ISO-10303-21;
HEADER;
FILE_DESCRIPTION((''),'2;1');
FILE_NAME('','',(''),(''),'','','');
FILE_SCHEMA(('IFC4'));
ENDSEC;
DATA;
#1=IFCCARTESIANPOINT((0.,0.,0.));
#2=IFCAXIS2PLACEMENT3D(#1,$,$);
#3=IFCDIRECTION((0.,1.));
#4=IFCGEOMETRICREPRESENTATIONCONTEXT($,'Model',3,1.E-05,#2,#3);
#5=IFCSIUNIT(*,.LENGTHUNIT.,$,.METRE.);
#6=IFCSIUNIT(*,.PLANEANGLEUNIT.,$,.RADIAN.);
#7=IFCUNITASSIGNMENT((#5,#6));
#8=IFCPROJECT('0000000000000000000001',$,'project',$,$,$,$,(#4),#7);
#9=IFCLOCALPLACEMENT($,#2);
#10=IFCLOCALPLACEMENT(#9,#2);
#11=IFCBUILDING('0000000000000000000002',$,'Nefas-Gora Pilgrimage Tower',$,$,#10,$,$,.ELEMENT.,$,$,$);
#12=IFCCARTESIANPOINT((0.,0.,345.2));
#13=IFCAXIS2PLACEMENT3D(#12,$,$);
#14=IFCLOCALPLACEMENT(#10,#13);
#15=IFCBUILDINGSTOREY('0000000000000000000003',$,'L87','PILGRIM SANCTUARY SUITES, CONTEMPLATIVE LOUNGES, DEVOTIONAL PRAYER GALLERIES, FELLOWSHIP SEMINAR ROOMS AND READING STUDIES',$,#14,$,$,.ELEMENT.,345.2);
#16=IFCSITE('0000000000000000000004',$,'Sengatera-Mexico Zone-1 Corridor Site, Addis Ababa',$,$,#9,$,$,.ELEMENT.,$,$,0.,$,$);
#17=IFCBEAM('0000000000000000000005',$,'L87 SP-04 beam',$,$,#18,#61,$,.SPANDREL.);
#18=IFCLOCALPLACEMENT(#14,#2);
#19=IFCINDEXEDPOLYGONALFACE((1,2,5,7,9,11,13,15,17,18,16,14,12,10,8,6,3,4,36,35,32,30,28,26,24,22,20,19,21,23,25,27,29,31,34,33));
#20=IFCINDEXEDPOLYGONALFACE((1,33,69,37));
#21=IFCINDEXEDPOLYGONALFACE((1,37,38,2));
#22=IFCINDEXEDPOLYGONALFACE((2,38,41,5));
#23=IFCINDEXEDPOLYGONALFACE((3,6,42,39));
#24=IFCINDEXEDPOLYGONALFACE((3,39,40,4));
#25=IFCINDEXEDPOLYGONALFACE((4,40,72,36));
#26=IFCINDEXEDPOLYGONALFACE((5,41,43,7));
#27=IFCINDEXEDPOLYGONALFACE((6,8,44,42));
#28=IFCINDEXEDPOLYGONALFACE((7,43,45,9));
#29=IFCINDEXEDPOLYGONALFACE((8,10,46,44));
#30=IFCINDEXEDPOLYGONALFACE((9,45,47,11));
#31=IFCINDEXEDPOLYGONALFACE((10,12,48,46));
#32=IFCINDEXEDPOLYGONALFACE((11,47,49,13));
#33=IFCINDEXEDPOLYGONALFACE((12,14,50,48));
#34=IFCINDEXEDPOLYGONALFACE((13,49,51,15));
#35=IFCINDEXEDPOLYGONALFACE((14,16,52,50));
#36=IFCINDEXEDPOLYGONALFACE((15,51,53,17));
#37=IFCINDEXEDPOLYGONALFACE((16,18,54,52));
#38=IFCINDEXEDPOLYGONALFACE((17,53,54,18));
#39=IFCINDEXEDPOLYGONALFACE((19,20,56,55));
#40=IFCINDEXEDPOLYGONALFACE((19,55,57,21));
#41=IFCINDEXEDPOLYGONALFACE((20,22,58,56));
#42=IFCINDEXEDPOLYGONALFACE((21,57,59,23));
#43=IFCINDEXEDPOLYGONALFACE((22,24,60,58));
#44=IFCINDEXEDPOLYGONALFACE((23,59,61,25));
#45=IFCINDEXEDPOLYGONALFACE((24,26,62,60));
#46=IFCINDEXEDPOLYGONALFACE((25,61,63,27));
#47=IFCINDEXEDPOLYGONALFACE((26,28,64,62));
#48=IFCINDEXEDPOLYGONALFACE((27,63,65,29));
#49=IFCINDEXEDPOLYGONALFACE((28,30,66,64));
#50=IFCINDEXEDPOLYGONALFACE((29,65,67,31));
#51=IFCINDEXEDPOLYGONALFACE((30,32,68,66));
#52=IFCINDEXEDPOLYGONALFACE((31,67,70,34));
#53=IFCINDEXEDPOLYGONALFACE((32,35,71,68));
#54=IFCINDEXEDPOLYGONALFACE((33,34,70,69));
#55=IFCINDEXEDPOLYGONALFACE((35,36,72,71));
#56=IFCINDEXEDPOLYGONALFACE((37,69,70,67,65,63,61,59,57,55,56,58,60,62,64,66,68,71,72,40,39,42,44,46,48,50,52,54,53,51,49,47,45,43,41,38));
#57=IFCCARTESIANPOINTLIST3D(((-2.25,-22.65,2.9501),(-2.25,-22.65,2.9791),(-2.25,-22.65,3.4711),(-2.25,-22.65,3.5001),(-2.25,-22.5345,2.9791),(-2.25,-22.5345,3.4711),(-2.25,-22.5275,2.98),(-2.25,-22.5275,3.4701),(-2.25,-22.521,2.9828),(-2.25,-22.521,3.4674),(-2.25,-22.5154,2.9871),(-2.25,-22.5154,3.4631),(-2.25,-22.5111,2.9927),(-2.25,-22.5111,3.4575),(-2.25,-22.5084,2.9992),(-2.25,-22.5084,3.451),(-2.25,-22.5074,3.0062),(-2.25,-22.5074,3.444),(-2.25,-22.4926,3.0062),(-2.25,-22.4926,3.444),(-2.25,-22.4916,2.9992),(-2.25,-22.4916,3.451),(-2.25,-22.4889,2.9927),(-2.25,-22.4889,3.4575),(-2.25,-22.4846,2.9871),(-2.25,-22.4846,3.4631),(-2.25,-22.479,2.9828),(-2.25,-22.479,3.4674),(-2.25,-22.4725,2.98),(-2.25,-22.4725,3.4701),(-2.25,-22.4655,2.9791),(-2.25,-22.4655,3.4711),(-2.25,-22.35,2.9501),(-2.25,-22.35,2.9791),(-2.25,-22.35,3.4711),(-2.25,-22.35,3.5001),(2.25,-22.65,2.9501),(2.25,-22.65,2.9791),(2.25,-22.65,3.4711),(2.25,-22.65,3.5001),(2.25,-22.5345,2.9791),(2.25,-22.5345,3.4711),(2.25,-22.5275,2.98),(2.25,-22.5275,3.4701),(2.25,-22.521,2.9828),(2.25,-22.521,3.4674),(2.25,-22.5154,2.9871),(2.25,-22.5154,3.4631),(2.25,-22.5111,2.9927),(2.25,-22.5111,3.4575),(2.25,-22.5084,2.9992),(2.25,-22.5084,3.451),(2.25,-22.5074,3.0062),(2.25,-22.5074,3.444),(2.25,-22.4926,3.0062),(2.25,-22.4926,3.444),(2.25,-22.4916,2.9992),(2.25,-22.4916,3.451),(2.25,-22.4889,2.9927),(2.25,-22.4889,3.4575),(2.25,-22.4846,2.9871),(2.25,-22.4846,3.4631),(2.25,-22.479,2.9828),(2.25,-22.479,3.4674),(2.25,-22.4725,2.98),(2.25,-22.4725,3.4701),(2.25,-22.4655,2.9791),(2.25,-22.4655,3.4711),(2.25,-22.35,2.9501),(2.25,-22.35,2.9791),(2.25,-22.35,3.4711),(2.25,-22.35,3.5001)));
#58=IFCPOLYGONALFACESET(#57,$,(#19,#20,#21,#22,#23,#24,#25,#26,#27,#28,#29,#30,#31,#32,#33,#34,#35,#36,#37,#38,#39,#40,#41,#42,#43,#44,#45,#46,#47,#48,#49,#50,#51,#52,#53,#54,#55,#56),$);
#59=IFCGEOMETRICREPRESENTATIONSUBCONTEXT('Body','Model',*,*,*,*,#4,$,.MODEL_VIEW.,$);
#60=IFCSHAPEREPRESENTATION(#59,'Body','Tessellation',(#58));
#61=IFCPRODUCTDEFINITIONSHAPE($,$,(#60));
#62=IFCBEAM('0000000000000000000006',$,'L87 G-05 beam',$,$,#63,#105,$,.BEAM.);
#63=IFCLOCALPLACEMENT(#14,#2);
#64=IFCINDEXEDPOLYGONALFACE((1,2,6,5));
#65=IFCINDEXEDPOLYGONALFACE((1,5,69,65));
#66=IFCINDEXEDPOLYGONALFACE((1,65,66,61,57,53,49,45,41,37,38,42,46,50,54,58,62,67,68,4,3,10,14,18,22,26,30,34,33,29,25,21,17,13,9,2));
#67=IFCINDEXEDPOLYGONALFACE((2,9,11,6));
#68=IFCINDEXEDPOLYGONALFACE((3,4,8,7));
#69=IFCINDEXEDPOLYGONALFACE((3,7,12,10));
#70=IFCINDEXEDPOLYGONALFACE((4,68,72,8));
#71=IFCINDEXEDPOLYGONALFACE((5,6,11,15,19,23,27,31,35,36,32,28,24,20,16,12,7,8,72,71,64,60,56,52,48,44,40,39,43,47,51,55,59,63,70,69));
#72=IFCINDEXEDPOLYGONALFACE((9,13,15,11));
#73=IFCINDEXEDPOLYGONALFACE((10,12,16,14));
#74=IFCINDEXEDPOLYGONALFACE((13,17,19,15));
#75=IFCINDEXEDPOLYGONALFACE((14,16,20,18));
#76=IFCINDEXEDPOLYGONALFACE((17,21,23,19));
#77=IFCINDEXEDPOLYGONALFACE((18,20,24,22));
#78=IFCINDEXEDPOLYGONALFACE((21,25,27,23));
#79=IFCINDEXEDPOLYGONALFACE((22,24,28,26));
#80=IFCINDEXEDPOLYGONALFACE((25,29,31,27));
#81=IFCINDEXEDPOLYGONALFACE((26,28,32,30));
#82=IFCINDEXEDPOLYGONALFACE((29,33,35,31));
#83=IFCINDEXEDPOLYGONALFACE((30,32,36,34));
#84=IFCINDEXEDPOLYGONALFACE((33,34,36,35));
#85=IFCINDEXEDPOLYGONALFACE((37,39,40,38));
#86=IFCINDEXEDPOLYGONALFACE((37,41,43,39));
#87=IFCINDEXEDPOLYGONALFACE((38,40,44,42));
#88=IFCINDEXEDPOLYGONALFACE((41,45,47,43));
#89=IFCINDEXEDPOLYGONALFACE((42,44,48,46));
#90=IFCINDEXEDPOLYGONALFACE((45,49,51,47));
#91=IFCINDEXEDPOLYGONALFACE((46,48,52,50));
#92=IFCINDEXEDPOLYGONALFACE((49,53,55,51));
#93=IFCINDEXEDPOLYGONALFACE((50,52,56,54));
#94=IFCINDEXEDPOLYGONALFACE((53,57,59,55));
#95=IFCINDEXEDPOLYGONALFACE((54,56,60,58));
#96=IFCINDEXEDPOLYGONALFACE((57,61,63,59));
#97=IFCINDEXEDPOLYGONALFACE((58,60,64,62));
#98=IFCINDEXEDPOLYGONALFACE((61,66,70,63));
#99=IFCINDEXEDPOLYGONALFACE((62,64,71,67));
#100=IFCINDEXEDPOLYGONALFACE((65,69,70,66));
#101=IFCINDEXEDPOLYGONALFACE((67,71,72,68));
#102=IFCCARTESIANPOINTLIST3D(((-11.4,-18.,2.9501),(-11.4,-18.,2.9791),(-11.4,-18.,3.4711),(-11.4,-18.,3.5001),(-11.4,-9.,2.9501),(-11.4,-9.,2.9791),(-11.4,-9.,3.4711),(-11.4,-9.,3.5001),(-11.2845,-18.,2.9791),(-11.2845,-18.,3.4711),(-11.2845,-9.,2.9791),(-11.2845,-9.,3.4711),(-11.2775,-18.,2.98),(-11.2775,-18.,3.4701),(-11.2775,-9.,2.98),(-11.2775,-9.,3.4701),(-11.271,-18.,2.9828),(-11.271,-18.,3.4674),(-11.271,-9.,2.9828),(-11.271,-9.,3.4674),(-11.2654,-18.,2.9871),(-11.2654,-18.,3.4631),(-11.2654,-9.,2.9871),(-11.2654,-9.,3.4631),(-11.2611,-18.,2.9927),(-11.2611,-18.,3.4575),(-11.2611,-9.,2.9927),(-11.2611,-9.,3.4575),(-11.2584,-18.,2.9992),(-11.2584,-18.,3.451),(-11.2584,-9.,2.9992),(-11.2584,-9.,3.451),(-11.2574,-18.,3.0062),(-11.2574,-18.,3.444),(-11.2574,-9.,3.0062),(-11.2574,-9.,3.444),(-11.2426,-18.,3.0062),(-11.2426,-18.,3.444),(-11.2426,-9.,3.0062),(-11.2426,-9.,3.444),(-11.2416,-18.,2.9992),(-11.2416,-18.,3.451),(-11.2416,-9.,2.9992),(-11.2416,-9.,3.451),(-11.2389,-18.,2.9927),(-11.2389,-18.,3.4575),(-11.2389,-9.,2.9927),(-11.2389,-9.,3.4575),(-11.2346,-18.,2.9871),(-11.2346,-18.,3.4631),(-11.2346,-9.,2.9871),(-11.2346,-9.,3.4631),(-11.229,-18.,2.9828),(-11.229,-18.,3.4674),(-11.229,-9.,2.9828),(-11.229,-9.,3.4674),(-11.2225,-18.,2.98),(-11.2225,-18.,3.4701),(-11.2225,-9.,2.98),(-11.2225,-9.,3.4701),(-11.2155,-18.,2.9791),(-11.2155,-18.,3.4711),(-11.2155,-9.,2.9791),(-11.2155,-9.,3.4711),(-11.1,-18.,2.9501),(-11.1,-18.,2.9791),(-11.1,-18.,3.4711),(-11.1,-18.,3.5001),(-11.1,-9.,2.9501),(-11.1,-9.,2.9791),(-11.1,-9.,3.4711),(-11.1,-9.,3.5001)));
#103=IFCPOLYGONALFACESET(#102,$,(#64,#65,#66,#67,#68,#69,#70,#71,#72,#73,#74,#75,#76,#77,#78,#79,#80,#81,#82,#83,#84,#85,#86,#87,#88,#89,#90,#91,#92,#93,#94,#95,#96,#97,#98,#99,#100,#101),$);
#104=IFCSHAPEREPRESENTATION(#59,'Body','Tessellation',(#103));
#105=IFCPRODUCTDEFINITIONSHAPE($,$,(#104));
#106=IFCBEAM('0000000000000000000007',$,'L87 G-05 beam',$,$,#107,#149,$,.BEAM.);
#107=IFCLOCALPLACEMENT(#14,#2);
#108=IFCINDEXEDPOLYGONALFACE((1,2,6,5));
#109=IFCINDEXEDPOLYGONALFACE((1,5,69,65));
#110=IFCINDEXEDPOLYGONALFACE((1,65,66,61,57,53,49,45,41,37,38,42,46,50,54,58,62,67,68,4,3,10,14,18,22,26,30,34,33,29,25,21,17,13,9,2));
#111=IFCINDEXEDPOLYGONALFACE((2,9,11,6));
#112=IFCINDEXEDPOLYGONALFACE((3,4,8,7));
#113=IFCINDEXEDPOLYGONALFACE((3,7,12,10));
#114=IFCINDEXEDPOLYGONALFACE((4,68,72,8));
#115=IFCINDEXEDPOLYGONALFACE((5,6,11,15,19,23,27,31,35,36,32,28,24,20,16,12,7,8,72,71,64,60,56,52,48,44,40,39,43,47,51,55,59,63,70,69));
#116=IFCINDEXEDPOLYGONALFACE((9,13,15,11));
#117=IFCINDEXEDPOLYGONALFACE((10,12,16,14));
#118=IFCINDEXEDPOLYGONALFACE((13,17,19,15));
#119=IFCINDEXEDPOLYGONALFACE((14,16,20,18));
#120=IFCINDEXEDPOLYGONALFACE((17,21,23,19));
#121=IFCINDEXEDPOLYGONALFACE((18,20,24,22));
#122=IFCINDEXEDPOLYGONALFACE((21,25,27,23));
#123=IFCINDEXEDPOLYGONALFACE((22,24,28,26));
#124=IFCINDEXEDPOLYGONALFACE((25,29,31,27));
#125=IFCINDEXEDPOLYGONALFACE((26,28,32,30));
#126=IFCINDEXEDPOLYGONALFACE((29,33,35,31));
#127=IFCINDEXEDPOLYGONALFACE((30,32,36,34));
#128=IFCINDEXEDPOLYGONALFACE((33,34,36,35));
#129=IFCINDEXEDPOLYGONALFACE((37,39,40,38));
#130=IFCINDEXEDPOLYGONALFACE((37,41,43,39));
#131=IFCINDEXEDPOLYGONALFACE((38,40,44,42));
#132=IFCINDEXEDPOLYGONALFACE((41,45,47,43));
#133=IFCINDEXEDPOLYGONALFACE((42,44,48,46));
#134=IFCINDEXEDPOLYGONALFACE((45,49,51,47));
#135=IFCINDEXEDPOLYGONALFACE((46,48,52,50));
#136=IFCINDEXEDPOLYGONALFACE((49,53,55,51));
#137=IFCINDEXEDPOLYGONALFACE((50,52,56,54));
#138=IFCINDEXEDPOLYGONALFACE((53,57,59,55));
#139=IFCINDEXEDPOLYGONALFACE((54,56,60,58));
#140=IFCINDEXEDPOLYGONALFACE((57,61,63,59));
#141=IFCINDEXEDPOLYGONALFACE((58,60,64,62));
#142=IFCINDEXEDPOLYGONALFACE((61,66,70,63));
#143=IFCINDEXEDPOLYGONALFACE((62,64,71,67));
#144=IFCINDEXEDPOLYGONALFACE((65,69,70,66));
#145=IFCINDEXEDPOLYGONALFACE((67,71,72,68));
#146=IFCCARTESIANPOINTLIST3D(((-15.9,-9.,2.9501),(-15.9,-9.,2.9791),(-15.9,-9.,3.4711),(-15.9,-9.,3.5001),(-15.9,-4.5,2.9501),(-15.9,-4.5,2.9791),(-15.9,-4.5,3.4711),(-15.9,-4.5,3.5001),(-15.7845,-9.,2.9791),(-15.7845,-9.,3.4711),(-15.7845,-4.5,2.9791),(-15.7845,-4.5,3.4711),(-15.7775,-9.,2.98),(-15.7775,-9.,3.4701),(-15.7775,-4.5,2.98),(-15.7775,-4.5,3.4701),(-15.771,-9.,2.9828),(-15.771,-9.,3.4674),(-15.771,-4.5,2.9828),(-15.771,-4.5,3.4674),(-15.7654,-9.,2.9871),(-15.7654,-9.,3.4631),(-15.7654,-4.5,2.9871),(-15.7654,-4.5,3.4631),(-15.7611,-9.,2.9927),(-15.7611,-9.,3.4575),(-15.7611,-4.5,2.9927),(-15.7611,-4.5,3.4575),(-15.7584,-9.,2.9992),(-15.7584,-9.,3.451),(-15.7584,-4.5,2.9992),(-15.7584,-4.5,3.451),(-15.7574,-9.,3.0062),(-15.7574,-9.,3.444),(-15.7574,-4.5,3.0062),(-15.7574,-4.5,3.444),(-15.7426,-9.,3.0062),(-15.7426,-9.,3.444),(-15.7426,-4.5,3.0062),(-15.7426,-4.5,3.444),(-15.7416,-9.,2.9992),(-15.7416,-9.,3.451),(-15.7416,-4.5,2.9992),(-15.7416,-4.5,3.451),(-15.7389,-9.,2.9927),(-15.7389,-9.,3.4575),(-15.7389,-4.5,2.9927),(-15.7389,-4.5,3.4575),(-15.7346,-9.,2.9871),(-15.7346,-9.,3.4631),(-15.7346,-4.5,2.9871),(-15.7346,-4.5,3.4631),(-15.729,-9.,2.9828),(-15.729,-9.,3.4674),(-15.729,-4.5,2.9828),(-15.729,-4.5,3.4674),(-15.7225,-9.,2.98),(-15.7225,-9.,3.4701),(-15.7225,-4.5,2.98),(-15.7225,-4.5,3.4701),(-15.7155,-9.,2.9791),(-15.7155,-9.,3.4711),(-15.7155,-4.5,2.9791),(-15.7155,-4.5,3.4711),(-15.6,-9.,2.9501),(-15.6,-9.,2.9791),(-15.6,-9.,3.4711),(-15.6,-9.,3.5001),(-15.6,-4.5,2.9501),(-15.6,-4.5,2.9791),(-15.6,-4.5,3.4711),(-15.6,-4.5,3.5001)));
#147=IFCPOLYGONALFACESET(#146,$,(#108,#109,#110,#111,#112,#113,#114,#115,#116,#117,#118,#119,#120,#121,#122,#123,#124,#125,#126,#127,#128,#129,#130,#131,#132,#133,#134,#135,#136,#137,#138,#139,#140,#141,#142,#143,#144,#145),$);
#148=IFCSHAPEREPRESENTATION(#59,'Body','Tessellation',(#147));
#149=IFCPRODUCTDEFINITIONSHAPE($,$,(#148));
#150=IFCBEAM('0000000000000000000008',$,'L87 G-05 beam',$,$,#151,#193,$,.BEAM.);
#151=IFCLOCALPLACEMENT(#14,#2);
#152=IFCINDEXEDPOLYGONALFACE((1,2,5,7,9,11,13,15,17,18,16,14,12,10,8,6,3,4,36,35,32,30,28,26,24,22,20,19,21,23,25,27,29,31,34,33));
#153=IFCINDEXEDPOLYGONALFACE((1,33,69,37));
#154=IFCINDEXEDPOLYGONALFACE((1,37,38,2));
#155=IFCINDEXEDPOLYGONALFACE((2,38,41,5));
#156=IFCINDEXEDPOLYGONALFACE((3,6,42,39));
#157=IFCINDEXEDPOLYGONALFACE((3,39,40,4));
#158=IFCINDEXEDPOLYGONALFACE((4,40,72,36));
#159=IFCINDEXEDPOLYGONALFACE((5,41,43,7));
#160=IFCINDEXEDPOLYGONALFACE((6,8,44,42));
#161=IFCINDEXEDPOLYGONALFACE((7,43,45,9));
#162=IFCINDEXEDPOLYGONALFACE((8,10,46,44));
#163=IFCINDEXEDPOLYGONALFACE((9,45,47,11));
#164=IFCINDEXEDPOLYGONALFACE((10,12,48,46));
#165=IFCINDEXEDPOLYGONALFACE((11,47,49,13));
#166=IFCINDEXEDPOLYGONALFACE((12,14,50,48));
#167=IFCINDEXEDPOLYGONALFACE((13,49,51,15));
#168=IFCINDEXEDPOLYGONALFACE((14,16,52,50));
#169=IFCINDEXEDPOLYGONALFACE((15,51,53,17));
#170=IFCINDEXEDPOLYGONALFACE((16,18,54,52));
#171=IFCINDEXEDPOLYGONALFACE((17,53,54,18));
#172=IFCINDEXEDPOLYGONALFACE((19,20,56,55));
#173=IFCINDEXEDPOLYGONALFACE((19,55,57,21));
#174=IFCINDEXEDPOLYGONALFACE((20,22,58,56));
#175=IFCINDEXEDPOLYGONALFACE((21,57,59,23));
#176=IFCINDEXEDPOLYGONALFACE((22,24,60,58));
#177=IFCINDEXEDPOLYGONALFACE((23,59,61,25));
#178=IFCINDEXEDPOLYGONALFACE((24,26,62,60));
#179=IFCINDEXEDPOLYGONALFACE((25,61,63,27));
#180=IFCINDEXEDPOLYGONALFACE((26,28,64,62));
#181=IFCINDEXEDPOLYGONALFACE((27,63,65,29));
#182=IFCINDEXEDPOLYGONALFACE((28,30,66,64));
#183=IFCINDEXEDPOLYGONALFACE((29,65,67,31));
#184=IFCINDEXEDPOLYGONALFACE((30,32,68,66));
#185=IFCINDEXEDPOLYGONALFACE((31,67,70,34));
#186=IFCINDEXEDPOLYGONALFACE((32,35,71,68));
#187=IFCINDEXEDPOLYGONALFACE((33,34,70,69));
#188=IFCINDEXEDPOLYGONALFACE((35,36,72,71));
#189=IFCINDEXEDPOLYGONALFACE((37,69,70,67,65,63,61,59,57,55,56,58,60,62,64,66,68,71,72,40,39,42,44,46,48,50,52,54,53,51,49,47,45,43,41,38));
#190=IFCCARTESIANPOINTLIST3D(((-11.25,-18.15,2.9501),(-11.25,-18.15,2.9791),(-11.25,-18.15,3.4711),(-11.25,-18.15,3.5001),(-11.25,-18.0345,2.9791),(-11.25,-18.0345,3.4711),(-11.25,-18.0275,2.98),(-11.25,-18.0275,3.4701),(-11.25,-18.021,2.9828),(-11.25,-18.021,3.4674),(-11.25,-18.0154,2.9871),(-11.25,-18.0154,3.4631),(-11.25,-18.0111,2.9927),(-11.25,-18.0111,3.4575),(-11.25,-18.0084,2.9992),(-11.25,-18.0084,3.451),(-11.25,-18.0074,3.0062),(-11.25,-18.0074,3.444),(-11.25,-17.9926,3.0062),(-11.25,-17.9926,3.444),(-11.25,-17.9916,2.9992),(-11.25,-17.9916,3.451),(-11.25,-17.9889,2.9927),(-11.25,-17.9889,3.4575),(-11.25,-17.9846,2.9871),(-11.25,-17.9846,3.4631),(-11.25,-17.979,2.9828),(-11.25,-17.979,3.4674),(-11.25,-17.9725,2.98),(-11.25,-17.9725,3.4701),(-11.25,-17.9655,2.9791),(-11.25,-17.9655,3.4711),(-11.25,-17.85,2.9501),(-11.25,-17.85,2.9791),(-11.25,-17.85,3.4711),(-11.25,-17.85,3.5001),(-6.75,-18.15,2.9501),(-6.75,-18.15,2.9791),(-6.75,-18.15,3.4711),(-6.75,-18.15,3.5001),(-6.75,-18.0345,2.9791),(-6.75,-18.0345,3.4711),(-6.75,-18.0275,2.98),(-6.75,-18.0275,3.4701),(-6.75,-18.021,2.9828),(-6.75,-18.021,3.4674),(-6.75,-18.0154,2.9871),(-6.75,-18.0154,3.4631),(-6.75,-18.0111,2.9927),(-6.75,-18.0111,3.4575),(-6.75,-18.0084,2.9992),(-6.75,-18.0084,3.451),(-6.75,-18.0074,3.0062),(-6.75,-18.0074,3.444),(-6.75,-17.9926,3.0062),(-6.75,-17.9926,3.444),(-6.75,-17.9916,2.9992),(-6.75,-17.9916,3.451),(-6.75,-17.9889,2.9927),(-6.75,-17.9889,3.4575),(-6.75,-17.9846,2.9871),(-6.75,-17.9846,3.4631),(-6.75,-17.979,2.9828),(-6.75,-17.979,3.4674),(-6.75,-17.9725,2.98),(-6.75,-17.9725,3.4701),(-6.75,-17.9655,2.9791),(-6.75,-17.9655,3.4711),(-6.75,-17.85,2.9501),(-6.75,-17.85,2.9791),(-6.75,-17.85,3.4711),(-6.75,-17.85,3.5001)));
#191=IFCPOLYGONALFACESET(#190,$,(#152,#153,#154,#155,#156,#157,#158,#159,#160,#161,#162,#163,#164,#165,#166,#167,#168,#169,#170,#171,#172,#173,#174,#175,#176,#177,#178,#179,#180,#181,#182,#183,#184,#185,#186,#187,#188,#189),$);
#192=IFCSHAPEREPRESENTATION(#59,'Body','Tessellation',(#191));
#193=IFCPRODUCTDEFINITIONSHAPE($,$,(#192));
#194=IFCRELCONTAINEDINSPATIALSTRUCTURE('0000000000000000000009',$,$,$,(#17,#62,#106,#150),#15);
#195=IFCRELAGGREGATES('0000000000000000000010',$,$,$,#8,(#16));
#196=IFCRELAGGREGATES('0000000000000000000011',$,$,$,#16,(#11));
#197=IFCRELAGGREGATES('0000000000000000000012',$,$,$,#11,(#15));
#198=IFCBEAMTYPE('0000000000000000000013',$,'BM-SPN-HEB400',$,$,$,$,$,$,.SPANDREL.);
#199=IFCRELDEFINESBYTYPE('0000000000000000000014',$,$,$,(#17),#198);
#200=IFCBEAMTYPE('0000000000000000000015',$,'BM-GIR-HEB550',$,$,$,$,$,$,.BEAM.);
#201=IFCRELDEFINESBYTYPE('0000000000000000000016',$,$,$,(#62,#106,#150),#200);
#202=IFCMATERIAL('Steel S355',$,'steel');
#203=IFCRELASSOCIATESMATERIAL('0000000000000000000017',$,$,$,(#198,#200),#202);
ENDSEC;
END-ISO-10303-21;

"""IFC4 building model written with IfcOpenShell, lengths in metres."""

from ifc_helpers import new_model, si_unit, direction, frame, origin, origin_2d, place, context, subcontext, project, spatial, i_section, extrude, source, transform, mapped, material, material_profile, profile_set, type_object, element, save


model = new_model("IFC4")

# Units and contexts
model_context = context("Model", 3, precision=1e-05, world=origin(), true_north=direction((0.0, 1.0)))
body_context = subcontext(model_context, "Body", "Model", "MODEL_VIEW")
ifc_project = project(units=[si_unit("LENGTHUNIT", "METRE"), si_unit("PLANEANGLEUNIT", "RADIAN")], contexts=[model_context])

# Site, building, storey
site_placement = place(None, origin())
site = spatial("IfcSite", under=ifc_project, at=site_placement, Name="Sengatera-Mexico Zone-1 Corridor Site, Addis Ababa", CompositionType="ELEMENT", RefElevation=0.0)
building_placement = place(site_placement, origin())
building = spatial("IfcBuilding", under=site, at=building_placement, Name="Nefas-Gora Pilgrimage Tower", CompositionType="ELEMENT")
storey_placement = place(building_placement, frame((0.0, 0.0, 345.2)))
storey = spatial("IfcBuildingStorey", under=building, at=storey_placement, Name="L87", Description="PILGRIM SANCTUARY SUITES, CONTEMPLATIVE LOUNGES, DEVOTIONAL PRAYER GALLERIES, FELLOWSHIP SEMINAR ROOMS AND READING STUDIES", CompositionType="ELEMENT", Elevation=345.2)

# Shared definitions
ifc_material_1 = material(Name="Steel S355", Category="steel")

# Beams
ifc_material_profile_1 = material_profile(ifc_material_1, i_section(OverallWidth=0.3, OverallDepth=0.55, WebThickness=0.0149, FlangeThickness=0.0291, FilletRadius=0.0271, at=origin_2d()), Name="HEB 550")
ifc_profile_set_1 = profile_set([ifc_material_profile_1], Name="Steel S355")
beam_type_1 = type_object("IfcBeamType", Name="BM-SPN-HEB400", PredefinedType="SPANDREL", material=ifc_profile_set_1)
shared_shape_1 = source(origin(), body_context, "Body", "SweptSolid", [
    extrude(i_section(OverallWidth=0.3, OverallDepth=0.55, WebThickness=0.0149, FlangeThickness=0.0291, FilletRadius=0.0271, at=origin_2d()), origin(), (0.0, 0.0, 1.0), 4.5),
])
for number, where, z_axis, x_axis, name in (
    (1, (-2.25, -22.5, 3.2251), (1.0, 0.0, 0.0), (0.0, 1.0, 0.0), "L87 SP-04 beam"),
):
    element("IfcBeam", number, at=place(storey_placement, frame(where, z_axis=z_axis, x_axis=x_axis)), inside=storey, type_object=beam_type_1, Name=name, PredefinedType="SPANDREL", context=body_context, shape_type="MappedRepresentation", body=[
        mapped(shared_shape_1, transform((0.0, 0.0, 0.0), x_axis=(1.0, 0.0, 0.0), y_axis=(0.0, 1.0, 0.0), z_axis=(0.0, 0.0, 1.0), scale=1.0)),
    ])
ifc_material_profile_2 = material_profile(ifc_material_1, i_section(OverallWidth=0.3, OverallDepth=0.55, WebThickness=0.0149, FlangeThickness=0.0291, FilletRadius=0.0271, at=origin_2d()), Name="HEB 550")
ifc_profile_set_2 = profile_set([ifc_material_profile_2], Name="Steel S355")
beam_type_2 = type_object("IfcBeamType", Name="BM-GIR-HEB550", PredefinedType="BEAM", material=ifc_profile_set_2)
shared_shape_2 = source(origin(), body_context, "Body", "SweptSolid", [
    extrude(i_section(OverallWidth=0.3, OverallDepth=0.55, WebThickness=0.0149, FlangeThickness=0.0291, FilletRadius=0.0271, at=origin_2d()), origin(), (0.0, 0.0, 1.0), 9.0),
])
beam_placement = place(storey_placement, frame((-11.25, -18.0, 3.2251), z_axis=(0.0, 1.0, 0.0), x_axis=(-1.0, 0.0, 0.0)))
element("IfcBeam", 2, at=beam_placement, inside=storey, type_object=beam_type_2, Name="L87 G-05 beam", PredefinedType="BEAM", context=body_context, shape_type="MappedRepresentation", body=[
    mapped(shared_shape_2, transform((0.0, 0.0, 0.0), x_axis=(1.0, 0.0, 0.0), y_axis=(0.0, 1.0, 0.0), z_axis=(0.0, 0.0, 1.0), scale=1.0)),
])
shared_shape_3 = source(origin(), body_context, "Body", "SweptSolid", [
    extrude(i_section(OverallWidth=0.3, OverallDepth=0.55, WebThickness=0.0149, FlangeThickness=0.0291, FilletRadius=0.0271, at=origin_2d()), origin(), (0.0, 0.0, 1.0), 4.5),
])
for number, where, z_axis, x_axis, name in (
    (3, (-15.75, -9.0, 3.2251), (0.0, 1.0, 0.0), (-1.0, 0.0, 0.0), "L87 G-05 beam"),
    (4, (-11.25, -18.0, 3.2251), (1.0, 0.0, 0.0), (0.0, 1.0, 0.0), "L87 G-05 beam"),
):
    element("IfcBeam", number, at=place(storey_placement, frame(where, z_axis=z_axis, x_axis=x_axis)), inside=storey, type_object=beam_type_2, Name=name, PredefinedType="BEAM", context=body_context, shape_type="MappedRepresentation", body=[
        mapped(shared_shape_3, transform((0.0, 0.0, 0.0), x_axis=(1.0, 0.0, 0.0), y_axis=(0.0, 1.0, 0.0), z_axis=(0.0, 0.0, 1.0), scale=1.0)),
    ])

save(model, "model.ifc")
